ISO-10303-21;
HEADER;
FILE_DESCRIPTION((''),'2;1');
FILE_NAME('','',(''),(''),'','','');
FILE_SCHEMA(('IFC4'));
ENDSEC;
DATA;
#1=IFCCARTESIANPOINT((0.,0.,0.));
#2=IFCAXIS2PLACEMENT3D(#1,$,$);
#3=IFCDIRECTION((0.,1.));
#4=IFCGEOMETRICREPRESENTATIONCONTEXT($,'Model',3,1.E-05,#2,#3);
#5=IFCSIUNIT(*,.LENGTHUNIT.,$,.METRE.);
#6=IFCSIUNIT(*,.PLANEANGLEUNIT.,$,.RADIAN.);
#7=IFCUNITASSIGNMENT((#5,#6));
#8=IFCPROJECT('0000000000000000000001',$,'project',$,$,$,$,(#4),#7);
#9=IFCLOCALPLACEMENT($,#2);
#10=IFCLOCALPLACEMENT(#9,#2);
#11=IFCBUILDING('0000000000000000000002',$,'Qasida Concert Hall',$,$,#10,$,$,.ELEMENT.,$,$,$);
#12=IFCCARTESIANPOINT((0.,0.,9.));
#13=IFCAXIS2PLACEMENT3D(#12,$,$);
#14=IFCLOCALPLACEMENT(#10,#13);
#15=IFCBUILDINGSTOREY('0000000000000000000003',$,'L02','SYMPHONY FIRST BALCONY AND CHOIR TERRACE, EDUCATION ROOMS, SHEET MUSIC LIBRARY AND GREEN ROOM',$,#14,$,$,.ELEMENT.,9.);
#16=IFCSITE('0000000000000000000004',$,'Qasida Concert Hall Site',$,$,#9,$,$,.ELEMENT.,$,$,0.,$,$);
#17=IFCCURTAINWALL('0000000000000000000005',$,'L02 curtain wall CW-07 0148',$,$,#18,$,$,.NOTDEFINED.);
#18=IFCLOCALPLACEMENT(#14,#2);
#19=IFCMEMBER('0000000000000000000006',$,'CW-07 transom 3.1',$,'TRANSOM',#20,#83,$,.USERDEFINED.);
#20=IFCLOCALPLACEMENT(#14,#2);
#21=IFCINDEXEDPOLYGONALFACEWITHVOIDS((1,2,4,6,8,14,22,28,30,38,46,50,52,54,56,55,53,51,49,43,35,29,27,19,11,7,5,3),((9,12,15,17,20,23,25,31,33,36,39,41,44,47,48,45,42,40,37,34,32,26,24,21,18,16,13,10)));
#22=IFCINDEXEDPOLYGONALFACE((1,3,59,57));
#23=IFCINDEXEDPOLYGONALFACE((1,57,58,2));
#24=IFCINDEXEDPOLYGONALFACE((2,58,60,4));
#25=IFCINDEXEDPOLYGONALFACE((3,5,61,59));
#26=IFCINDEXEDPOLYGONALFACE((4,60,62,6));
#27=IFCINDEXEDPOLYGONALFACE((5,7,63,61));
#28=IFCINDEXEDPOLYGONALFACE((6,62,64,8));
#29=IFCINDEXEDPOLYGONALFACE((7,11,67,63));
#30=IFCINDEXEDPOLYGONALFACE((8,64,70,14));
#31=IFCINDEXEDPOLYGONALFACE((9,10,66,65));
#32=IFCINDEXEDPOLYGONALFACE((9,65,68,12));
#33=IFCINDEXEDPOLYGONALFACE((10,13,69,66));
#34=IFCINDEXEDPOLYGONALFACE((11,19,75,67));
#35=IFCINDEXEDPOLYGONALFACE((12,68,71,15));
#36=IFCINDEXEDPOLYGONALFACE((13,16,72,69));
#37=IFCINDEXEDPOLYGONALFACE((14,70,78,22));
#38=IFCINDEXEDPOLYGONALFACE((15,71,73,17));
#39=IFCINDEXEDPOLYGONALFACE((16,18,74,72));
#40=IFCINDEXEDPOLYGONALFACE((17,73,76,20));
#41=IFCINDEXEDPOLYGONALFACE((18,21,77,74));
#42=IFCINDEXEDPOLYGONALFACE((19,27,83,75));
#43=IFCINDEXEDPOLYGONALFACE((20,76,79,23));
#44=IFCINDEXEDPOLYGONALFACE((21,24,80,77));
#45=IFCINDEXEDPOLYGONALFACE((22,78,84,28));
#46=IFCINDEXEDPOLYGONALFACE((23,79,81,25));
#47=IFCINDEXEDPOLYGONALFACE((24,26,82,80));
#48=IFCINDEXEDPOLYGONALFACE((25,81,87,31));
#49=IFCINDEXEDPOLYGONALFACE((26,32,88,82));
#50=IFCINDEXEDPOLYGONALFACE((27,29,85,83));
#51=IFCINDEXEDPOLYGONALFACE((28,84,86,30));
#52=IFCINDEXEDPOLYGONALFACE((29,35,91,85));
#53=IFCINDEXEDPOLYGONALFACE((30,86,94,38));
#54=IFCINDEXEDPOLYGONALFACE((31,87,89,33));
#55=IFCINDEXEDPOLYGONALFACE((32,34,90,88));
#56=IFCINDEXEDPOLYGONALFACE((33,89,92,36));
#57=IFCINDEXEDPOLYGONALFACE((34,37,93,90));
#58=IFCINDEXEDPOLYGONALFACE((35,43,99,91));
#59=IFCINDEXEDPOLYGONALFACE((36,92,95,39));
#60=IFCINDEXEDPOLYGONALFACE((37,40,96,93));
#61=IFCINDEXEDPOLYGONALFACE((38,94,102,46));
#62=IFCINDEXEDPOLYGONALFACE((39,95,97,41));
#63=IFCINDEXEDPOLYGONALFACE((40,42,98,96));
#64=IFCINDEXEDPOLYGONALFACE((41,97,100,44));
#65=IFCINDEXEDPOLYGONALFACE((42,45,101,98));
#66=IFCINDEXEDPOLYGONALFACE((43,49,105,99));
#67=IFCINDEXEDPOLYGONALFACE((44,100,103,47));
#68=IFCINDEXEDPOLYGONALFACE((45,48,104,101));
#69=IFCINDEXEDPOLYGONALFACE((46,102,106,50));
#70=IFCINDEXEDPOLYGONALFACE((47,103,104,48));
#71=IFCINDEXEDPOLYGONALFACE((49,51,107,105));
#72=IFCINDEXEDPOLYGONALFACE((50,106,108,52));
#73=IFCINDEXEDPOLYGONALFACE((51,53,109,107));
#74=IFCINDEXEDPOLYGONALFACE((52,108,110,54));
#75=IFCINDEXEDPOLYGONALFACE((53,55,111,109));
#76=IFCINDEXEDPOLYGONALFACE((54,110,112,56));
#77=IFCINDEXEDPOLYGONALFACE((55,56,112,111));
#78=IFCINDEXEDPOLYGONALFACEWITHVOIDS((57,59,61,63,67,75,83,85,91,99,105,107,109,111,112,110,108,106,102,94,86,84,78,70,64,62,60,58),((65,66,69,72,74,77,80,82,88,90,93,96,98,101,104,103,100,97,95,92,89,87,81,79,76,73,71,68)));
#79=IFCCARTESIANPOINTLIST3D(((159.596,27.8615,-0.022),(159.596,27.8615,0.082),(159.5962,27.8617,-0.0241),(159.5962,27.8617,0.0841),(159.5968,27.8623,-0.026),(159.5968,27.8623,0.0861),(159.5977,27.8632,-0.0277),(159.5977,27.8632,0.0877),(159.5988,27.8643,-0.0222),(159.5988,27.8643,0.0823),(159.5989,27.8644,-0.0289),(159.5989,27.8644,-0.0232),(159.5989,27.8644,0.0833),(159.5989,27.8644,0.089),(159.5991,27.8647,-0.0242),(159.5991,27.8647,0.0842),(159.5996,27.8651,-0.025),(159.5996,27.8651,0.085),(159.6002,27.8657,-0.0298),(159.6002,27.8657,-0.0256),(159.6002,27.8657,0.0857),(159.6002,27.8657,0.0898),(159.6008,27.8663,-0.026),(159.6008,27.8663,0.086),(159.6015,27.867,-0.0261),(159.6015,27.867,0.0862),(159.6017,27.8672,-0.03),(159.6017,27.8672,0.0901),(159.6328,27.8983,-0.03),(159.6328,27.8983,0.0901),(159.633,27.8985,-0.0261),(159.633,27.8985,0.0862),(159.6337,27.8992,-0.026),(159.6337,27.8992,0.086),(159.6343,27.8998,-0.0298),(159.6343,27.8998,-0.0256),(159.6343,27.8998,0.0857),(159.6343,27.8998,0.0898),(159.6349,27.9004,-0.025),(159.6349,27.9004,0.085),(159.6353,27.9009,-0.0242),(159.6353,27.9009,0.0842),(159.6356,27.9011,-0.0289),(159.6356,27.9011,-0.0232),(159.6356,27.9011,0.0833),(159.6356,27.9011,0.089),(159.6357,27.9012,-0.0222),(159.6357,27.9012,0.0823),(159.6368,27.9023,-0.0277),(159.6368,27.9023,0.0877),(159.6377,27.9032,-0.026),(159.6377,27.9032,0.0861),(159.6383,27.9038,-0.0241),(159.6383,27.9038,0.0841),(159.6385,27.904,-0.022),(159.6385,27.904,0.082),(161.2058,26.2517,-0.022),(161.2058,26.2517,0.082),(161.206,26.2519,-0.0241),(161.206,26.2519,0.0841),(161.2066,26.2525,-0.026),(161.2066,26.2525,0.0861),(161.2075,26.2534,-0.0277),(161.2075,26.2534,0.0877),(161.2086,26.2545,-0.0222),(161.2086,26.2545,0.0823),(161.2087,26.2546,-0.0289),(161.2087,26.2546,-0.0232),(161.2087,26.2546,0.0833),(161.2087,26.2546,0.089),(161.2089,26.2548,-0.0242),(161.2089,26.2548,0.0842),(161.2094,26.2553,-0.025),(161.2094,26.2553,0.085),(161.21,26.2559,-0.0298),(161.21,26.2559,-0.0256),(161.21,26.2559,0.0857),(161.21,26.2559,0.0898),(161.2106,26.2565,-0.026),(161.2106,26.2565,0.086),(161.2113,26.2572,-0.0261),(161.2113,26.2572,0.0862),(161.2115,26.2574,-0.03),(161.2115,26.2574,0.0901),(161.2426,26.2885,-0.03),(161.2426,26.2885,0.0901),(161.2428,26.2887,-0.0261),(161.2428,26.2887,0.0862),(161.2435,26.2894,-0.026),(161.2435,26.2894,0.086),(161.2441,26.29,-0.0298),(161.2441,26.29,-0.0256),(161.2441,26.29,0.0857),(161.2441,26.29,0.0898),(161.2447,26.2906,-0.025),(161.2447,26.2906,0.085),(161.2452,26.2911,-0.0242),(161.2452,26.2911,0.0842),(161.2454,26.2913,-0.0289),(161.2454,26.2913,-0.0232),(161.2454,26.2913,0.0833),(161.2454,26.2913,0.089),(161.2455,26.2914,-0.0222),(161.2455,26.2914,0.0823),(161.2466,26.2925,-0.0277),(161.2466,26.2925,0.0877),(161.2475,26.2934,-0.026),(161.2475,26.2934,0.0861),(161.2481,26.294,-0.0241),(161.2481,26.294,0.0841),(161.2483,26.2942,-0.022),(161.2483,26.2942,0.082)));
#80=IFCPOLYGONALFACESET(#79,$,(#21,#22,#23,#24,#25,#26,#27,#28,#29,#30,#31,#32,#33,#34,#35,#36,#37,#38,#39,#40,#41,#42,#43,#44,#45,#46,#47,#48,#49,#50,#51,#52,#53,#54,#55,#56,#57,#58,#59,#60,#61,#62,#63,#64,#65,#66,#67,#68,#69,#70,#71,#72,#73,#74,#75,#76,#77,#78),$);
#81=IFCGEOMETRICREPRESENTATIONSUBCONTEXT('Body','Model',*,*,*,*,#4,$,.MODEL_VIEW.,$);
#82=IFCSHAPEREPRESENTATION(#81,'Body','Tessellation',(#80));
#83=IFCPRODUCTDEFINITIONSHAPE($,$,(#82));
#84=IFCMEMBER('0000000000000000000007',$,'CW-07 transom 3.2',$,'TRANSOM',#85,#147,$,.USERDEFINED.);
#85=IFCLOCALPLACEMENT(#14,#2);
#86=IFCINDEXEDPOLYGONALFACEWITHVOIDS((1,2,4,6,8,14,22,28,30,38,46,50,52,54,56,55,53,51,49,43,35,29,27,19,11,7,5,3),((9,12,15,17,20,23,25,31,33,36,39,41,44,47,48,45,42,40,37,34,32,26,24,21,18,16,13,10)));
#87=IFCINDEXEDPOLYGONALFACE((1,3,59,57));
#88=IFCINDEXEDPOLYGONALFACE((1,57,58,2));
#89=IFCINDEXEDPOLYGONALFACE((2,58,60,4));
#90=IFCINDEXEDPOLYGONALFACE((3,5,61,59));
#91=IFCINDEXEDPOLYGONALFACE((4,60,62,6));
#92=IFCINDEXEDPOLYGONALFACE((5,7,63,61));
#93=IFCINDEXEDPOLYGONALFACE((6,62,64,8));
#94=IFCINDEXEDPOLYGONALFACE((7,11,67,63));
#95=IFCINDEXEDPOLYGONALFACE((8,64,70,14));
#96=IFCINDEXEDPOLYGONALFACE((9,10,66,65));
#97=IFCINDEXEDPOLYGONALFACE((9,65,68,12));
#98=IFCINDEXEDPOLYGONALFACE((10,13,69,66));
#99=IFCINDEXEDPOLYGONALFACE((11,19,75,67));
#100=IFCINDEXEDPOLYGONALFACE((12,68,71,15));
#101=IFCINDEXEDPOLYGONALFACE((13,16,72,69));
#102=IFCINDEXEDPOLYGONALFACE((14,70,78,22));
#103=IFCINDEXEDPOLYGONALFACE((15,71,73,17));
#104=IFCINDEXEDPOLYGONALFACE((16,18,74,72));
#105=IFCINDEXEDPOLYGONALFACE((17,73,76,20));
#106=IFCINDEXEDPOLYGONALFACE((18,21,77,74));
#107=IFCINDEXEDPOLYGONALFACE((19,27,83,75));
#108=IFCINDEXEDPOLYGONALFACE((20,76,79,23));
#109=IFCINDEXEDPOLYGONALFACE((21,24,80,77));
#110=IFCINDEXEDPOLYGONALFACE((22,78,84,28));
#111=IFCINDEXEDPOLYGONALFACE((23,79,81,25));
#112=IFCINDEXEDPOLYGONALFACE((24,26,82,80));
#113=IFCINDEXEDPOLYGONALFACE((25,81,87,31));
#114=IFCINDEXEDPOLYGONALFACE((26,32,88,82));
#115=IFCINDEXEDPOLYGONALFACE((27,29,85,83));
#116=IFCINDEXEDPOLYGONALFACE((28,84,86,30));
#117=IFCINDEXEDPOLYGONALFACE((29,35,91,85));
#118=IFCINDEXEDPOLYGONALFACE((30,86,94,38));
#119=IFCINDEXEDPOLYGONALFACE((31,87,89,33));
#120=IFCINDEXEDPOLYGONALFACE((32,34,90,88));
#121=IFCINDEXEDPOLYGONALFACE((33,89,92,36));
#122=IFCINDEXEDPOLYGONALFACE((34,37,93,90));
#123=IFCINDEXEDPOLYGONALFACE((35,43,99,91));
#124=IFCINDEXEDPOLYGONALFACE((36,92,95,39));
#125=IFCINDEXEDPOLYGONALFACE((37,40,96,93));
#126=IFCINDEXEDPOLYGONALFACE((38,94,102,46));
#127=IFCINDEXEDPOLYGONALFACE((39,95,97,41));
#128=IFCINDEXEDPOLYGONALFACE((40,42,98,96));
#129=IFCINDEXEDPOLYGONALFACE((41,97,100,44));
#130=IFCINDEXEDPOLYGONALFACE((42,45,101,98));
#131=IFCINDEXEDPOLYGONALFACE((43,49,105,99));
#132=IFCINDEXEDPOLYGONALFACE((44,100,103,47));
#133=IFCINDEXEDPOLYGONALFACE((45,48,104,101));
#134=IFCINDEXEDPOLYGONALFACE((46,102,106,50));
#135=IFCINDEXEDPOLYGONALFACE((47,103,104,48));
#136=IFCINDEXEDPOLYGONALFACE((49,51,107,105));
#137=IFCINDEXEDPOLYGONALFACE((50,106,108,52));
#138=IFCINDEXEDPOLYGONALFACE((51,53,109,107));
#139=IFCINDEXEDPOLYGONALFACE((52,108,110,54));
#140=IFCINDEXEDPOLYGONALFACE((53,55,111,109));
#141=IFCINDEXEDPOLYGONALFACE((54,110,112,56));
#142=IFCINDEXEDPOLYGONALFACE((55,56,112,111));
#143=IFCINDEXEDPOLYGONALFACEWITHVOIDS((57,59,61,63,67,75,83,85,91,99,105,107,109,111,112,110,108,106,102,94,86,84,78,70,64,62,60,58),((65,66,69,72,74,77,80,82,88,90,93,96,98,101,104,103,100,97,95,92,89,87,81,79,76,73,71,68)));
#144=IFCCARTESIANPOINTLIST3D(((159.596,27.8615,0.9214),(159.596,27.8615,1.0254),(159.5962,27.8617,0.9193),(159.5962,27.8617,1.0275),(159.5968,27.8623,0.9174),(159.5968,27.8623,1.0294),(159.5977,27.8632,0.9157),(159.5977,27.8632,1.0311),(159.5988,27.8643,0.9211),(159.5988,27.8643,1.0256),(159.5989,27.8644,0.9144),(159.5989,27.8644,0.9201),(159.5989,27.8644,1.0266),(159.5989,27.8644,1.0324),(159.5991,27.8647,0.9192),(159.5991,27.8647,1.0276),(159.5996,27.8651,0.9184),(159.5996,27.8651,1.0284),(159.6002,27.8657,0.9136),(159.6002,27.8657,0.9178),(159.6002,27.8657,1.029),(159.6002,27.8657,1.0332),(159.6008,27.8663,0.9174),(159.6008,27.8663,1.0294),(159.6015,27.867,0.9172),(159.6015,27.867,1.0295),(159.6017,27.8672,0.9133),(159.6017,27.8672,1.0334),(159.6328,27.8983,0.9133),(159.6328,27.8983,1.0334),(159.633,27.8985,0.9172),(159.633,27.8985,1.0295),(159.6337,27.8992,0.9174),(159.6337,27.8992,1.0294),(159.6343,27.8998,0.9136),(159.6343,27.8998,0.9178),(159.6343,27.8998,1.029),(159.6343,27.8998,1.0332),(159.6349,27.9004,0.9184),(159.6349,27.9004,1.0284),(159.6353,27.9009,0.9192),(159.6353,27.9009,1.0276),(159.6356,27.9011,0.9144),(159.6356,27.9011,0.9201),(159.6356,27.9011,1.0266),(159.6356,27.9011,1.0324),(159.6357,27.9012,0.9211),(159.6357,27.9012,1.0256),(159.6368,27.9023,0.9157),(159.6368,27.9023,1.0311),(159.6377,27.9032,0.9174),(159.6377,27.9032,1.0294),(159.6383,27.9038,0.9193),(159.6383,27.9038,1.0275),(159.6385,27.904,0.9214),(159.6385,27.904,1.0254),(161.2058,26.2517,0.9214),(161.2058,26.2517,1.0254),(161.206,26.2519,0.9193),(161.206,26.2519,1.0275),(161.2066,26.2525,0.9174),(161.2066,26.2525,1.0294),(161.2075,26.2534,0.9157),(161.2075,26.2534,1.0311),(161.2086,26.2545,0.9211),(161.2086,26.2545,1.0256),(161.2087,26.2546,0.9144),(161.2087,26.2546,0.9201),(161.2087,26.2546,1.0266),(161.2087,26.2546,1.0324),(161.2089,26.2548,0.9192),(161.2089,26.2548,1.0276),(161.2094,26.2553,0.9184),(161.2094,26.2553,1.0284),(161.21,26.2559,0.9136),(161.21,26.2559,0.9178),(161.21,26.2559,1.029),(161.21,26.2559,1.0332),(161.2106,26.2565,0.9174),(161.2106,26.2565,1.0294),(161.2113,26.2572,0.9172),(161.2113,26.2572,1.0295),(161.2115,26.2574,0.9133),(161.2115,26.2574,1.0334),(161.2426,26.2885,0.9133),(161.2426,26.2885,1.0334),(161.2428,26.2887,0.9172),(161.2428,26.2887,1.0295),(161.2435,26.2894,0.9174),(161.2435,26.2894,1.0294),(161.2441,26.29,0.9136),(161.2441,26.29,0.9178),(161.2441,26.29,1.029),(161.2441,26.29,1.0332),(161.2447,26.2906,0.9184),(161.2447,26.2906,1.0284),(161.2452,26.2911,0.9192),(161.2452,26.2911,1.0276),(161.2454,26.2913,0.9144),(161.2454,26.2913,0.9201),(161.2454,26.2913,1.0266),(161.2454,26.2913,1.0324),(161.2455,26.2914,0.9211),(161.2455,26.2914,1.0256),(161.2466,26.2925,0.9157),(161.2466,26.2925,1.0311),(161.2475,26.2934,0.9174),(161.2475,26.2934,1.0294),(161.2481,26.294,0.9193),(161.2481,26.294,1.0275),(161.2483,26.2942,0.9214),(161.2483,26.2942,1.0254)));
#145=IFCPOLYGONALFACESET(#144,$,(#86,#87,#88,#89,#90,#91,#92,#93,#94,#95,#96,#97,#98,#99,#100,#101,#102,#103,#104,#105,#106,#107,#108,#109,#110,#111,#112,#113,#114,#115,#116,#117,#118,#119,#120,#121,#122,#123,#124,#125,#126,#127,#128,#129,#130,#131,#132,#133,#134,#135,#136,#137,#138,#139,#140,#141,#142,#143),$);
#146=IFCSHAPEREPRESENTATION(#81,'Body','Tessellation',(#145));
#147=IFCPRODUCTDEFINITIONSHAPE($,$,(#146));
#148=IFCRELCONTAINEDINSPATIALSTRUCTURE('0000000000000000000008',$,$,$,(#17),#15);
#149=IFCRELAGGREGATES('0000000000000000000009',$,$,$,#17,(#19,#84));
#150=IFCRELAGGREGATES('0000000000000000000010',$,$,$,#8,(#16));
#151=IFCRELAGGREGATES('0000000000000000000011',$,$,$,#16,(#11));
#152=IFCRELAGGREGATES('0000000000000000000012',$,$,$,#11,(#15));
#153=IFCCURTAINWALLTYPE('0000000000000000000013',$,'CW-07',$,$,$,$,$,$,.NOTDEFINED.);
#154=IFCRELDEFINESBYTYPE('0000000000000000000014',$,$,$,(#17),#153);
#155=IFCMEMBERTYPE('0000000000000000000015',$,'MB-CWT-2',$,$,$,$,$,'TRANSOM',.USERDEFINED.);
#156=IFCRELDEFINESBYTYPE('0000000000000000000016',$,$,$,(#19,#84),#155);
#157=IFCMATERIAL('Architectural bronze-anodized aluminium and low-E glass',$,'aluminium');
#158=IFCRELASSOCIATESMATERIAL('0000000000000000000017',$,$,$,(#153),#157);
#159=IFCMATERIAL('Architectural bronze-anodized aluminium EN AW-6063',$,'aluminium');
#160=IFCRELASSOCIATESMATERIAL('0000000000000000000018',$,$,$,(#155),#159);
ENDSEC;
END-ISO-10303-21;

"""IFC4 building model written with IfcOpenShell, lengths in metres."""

from ifc_helpers import new_model, si_unit, direction, frame, origin, origin_2d, place, context, subcontext, project, spatial, hollow_rectangle, extrude, material, material_profile, profile_set, type_object, element, aggregate, save


model = new_model("IFC4")

# Units and contexts
model_context = context("Model", 3, precision=1e-05, world=origin(), true_north=direction((0.0, 1.0)))
body_context = subcontext(model_context, "Body", "Model", "MODEL_VIEW")
ifc_project = project(units=[si_unit("LENGTHUNIT", "METRE"), si_unit("PLANEANGLEUNIT", "RADIAN")], contexts=[model_context])

# Site, building, storey
site_placement = place(None, origin())
site = spatial("IfcSite", under=ifc_project, at=site_placement, Name="Qasida Concert Hall Site", CompositionType="ELEMENT", RefElevation=0.0)
building_placement = place(site_placement, origin())
building = spatial("IfcBuilding", under=site, at=building_placement, Name="Qasida Concert Hall", CompositionType="ELEMENT")
storey_placement = place(building_placement, frame((0.0, 0.0, 9.0)))
storey = spatial("IfcBuildingStorey", under=building, at=storey_placement, Name="L02", Description="SYMPHONY FIRST BALCONY AND CHOIR TERRACE, EDUCATION ROOMS, SHEET MUSIC LIBRARY AND GREEN ROOM", CompositionType="ELEMENT", Elevation=9.0)

# Curtain wall, members
ifc_material_1 = material(Name="Architectural bronze-anodized aluminium and low-E glass", Category="aluminium")
curtain_wall_type = type_object("IfcCurtainWallType", Name="CW-07", PredefinedType="NOTDEFINED", material=ifc_material_1)
curtain_wall_placement = place(storey_placement, origin())
curtain_wall = element("IfcCurtainWall", 1, at=curtain_wall_placement, inside=storey, type_object=curtain_wall_type, Name="L02 curtain wall CW-07 0148", PredefinedType="NOTDEFINED")
ifc_material_2 = material(Name="Architectural bronze-anodized aluminium EN AW-6063", Category="aluminium")
ifc_material_profile_1 = material_profile(ifc_material_2, hollow_rectangle(XDim=0.0601, YDim=0.1201, WallThickness=0.0039, InnerFilletRadius=0.0039, OuterFilletRadius=0.0081, at=origin_2d()), Name="CWT 120x60x4")
ifc_profile_set_1 = profile_set([ifc_material_profile_1], Name="Architectural bronze-anodized aluminium EN AW-6063")
member_type_1 = type_object("IfcMemberType", Name="MB-CWT-2", ElementType="TRANSOM", PredefinedType="USERDEFINED", material=ifc_profile_set_1)
member_1_placement = place(storey_placement, frame((161.2271, 26.2729, 0.03), z_axis=(-0.707107, 0.707107, 0.0), x_axis=(-0.707107, -0.707107, 0.0)))
member_1 = element("IfcMember", 2, at=member_1_placement, type_object=member_type_1, Name="CW-07 transom 3.1", ObjectType="TRANSOM", PredefinedType="USERDEFINED", context=body_context, shape_type="SweptSolid", body=[
    extrude(hollow_rectangle(XDim=0.0601, YDim=0.1201, WallThickness=0.0039, InnerFilletRadius=0.0039, OuterFilletRadius=0.0081, at=origin_2d()), origin(), (0.0, 0.0, 1.0), 2.2766),
])
member_2_placement = place(storey_placement, frame((161.2271, 26.2729, 0.9734), z_axis=(-0.707107, 0.707107, 0.0), x_axis=(-0.707107, -0.707107, 0.0)))
member_2 = element("IfcMember", 3, at=member_2_placement, type_object=member_type_1, Name="CW-07 transom 3.2", ObjectType="TRANSOM", PredefinedType="USERDEFINED", context=body_context, shape_type="SweptSolid", body=[
    extrude(hollow_rectangle(XDim=0.0601, YDim=0.1201, WallThickness=0.0039, InnerFilletRadius=0.0039, OuterFilletRadius=0.0081, at=origin_2d()), origin(), (0.0, 0.0, 1.0), 2.2766),
])
aggregate(curtain_wall, [member_1, member_2])

save(model, "model.ifc")
